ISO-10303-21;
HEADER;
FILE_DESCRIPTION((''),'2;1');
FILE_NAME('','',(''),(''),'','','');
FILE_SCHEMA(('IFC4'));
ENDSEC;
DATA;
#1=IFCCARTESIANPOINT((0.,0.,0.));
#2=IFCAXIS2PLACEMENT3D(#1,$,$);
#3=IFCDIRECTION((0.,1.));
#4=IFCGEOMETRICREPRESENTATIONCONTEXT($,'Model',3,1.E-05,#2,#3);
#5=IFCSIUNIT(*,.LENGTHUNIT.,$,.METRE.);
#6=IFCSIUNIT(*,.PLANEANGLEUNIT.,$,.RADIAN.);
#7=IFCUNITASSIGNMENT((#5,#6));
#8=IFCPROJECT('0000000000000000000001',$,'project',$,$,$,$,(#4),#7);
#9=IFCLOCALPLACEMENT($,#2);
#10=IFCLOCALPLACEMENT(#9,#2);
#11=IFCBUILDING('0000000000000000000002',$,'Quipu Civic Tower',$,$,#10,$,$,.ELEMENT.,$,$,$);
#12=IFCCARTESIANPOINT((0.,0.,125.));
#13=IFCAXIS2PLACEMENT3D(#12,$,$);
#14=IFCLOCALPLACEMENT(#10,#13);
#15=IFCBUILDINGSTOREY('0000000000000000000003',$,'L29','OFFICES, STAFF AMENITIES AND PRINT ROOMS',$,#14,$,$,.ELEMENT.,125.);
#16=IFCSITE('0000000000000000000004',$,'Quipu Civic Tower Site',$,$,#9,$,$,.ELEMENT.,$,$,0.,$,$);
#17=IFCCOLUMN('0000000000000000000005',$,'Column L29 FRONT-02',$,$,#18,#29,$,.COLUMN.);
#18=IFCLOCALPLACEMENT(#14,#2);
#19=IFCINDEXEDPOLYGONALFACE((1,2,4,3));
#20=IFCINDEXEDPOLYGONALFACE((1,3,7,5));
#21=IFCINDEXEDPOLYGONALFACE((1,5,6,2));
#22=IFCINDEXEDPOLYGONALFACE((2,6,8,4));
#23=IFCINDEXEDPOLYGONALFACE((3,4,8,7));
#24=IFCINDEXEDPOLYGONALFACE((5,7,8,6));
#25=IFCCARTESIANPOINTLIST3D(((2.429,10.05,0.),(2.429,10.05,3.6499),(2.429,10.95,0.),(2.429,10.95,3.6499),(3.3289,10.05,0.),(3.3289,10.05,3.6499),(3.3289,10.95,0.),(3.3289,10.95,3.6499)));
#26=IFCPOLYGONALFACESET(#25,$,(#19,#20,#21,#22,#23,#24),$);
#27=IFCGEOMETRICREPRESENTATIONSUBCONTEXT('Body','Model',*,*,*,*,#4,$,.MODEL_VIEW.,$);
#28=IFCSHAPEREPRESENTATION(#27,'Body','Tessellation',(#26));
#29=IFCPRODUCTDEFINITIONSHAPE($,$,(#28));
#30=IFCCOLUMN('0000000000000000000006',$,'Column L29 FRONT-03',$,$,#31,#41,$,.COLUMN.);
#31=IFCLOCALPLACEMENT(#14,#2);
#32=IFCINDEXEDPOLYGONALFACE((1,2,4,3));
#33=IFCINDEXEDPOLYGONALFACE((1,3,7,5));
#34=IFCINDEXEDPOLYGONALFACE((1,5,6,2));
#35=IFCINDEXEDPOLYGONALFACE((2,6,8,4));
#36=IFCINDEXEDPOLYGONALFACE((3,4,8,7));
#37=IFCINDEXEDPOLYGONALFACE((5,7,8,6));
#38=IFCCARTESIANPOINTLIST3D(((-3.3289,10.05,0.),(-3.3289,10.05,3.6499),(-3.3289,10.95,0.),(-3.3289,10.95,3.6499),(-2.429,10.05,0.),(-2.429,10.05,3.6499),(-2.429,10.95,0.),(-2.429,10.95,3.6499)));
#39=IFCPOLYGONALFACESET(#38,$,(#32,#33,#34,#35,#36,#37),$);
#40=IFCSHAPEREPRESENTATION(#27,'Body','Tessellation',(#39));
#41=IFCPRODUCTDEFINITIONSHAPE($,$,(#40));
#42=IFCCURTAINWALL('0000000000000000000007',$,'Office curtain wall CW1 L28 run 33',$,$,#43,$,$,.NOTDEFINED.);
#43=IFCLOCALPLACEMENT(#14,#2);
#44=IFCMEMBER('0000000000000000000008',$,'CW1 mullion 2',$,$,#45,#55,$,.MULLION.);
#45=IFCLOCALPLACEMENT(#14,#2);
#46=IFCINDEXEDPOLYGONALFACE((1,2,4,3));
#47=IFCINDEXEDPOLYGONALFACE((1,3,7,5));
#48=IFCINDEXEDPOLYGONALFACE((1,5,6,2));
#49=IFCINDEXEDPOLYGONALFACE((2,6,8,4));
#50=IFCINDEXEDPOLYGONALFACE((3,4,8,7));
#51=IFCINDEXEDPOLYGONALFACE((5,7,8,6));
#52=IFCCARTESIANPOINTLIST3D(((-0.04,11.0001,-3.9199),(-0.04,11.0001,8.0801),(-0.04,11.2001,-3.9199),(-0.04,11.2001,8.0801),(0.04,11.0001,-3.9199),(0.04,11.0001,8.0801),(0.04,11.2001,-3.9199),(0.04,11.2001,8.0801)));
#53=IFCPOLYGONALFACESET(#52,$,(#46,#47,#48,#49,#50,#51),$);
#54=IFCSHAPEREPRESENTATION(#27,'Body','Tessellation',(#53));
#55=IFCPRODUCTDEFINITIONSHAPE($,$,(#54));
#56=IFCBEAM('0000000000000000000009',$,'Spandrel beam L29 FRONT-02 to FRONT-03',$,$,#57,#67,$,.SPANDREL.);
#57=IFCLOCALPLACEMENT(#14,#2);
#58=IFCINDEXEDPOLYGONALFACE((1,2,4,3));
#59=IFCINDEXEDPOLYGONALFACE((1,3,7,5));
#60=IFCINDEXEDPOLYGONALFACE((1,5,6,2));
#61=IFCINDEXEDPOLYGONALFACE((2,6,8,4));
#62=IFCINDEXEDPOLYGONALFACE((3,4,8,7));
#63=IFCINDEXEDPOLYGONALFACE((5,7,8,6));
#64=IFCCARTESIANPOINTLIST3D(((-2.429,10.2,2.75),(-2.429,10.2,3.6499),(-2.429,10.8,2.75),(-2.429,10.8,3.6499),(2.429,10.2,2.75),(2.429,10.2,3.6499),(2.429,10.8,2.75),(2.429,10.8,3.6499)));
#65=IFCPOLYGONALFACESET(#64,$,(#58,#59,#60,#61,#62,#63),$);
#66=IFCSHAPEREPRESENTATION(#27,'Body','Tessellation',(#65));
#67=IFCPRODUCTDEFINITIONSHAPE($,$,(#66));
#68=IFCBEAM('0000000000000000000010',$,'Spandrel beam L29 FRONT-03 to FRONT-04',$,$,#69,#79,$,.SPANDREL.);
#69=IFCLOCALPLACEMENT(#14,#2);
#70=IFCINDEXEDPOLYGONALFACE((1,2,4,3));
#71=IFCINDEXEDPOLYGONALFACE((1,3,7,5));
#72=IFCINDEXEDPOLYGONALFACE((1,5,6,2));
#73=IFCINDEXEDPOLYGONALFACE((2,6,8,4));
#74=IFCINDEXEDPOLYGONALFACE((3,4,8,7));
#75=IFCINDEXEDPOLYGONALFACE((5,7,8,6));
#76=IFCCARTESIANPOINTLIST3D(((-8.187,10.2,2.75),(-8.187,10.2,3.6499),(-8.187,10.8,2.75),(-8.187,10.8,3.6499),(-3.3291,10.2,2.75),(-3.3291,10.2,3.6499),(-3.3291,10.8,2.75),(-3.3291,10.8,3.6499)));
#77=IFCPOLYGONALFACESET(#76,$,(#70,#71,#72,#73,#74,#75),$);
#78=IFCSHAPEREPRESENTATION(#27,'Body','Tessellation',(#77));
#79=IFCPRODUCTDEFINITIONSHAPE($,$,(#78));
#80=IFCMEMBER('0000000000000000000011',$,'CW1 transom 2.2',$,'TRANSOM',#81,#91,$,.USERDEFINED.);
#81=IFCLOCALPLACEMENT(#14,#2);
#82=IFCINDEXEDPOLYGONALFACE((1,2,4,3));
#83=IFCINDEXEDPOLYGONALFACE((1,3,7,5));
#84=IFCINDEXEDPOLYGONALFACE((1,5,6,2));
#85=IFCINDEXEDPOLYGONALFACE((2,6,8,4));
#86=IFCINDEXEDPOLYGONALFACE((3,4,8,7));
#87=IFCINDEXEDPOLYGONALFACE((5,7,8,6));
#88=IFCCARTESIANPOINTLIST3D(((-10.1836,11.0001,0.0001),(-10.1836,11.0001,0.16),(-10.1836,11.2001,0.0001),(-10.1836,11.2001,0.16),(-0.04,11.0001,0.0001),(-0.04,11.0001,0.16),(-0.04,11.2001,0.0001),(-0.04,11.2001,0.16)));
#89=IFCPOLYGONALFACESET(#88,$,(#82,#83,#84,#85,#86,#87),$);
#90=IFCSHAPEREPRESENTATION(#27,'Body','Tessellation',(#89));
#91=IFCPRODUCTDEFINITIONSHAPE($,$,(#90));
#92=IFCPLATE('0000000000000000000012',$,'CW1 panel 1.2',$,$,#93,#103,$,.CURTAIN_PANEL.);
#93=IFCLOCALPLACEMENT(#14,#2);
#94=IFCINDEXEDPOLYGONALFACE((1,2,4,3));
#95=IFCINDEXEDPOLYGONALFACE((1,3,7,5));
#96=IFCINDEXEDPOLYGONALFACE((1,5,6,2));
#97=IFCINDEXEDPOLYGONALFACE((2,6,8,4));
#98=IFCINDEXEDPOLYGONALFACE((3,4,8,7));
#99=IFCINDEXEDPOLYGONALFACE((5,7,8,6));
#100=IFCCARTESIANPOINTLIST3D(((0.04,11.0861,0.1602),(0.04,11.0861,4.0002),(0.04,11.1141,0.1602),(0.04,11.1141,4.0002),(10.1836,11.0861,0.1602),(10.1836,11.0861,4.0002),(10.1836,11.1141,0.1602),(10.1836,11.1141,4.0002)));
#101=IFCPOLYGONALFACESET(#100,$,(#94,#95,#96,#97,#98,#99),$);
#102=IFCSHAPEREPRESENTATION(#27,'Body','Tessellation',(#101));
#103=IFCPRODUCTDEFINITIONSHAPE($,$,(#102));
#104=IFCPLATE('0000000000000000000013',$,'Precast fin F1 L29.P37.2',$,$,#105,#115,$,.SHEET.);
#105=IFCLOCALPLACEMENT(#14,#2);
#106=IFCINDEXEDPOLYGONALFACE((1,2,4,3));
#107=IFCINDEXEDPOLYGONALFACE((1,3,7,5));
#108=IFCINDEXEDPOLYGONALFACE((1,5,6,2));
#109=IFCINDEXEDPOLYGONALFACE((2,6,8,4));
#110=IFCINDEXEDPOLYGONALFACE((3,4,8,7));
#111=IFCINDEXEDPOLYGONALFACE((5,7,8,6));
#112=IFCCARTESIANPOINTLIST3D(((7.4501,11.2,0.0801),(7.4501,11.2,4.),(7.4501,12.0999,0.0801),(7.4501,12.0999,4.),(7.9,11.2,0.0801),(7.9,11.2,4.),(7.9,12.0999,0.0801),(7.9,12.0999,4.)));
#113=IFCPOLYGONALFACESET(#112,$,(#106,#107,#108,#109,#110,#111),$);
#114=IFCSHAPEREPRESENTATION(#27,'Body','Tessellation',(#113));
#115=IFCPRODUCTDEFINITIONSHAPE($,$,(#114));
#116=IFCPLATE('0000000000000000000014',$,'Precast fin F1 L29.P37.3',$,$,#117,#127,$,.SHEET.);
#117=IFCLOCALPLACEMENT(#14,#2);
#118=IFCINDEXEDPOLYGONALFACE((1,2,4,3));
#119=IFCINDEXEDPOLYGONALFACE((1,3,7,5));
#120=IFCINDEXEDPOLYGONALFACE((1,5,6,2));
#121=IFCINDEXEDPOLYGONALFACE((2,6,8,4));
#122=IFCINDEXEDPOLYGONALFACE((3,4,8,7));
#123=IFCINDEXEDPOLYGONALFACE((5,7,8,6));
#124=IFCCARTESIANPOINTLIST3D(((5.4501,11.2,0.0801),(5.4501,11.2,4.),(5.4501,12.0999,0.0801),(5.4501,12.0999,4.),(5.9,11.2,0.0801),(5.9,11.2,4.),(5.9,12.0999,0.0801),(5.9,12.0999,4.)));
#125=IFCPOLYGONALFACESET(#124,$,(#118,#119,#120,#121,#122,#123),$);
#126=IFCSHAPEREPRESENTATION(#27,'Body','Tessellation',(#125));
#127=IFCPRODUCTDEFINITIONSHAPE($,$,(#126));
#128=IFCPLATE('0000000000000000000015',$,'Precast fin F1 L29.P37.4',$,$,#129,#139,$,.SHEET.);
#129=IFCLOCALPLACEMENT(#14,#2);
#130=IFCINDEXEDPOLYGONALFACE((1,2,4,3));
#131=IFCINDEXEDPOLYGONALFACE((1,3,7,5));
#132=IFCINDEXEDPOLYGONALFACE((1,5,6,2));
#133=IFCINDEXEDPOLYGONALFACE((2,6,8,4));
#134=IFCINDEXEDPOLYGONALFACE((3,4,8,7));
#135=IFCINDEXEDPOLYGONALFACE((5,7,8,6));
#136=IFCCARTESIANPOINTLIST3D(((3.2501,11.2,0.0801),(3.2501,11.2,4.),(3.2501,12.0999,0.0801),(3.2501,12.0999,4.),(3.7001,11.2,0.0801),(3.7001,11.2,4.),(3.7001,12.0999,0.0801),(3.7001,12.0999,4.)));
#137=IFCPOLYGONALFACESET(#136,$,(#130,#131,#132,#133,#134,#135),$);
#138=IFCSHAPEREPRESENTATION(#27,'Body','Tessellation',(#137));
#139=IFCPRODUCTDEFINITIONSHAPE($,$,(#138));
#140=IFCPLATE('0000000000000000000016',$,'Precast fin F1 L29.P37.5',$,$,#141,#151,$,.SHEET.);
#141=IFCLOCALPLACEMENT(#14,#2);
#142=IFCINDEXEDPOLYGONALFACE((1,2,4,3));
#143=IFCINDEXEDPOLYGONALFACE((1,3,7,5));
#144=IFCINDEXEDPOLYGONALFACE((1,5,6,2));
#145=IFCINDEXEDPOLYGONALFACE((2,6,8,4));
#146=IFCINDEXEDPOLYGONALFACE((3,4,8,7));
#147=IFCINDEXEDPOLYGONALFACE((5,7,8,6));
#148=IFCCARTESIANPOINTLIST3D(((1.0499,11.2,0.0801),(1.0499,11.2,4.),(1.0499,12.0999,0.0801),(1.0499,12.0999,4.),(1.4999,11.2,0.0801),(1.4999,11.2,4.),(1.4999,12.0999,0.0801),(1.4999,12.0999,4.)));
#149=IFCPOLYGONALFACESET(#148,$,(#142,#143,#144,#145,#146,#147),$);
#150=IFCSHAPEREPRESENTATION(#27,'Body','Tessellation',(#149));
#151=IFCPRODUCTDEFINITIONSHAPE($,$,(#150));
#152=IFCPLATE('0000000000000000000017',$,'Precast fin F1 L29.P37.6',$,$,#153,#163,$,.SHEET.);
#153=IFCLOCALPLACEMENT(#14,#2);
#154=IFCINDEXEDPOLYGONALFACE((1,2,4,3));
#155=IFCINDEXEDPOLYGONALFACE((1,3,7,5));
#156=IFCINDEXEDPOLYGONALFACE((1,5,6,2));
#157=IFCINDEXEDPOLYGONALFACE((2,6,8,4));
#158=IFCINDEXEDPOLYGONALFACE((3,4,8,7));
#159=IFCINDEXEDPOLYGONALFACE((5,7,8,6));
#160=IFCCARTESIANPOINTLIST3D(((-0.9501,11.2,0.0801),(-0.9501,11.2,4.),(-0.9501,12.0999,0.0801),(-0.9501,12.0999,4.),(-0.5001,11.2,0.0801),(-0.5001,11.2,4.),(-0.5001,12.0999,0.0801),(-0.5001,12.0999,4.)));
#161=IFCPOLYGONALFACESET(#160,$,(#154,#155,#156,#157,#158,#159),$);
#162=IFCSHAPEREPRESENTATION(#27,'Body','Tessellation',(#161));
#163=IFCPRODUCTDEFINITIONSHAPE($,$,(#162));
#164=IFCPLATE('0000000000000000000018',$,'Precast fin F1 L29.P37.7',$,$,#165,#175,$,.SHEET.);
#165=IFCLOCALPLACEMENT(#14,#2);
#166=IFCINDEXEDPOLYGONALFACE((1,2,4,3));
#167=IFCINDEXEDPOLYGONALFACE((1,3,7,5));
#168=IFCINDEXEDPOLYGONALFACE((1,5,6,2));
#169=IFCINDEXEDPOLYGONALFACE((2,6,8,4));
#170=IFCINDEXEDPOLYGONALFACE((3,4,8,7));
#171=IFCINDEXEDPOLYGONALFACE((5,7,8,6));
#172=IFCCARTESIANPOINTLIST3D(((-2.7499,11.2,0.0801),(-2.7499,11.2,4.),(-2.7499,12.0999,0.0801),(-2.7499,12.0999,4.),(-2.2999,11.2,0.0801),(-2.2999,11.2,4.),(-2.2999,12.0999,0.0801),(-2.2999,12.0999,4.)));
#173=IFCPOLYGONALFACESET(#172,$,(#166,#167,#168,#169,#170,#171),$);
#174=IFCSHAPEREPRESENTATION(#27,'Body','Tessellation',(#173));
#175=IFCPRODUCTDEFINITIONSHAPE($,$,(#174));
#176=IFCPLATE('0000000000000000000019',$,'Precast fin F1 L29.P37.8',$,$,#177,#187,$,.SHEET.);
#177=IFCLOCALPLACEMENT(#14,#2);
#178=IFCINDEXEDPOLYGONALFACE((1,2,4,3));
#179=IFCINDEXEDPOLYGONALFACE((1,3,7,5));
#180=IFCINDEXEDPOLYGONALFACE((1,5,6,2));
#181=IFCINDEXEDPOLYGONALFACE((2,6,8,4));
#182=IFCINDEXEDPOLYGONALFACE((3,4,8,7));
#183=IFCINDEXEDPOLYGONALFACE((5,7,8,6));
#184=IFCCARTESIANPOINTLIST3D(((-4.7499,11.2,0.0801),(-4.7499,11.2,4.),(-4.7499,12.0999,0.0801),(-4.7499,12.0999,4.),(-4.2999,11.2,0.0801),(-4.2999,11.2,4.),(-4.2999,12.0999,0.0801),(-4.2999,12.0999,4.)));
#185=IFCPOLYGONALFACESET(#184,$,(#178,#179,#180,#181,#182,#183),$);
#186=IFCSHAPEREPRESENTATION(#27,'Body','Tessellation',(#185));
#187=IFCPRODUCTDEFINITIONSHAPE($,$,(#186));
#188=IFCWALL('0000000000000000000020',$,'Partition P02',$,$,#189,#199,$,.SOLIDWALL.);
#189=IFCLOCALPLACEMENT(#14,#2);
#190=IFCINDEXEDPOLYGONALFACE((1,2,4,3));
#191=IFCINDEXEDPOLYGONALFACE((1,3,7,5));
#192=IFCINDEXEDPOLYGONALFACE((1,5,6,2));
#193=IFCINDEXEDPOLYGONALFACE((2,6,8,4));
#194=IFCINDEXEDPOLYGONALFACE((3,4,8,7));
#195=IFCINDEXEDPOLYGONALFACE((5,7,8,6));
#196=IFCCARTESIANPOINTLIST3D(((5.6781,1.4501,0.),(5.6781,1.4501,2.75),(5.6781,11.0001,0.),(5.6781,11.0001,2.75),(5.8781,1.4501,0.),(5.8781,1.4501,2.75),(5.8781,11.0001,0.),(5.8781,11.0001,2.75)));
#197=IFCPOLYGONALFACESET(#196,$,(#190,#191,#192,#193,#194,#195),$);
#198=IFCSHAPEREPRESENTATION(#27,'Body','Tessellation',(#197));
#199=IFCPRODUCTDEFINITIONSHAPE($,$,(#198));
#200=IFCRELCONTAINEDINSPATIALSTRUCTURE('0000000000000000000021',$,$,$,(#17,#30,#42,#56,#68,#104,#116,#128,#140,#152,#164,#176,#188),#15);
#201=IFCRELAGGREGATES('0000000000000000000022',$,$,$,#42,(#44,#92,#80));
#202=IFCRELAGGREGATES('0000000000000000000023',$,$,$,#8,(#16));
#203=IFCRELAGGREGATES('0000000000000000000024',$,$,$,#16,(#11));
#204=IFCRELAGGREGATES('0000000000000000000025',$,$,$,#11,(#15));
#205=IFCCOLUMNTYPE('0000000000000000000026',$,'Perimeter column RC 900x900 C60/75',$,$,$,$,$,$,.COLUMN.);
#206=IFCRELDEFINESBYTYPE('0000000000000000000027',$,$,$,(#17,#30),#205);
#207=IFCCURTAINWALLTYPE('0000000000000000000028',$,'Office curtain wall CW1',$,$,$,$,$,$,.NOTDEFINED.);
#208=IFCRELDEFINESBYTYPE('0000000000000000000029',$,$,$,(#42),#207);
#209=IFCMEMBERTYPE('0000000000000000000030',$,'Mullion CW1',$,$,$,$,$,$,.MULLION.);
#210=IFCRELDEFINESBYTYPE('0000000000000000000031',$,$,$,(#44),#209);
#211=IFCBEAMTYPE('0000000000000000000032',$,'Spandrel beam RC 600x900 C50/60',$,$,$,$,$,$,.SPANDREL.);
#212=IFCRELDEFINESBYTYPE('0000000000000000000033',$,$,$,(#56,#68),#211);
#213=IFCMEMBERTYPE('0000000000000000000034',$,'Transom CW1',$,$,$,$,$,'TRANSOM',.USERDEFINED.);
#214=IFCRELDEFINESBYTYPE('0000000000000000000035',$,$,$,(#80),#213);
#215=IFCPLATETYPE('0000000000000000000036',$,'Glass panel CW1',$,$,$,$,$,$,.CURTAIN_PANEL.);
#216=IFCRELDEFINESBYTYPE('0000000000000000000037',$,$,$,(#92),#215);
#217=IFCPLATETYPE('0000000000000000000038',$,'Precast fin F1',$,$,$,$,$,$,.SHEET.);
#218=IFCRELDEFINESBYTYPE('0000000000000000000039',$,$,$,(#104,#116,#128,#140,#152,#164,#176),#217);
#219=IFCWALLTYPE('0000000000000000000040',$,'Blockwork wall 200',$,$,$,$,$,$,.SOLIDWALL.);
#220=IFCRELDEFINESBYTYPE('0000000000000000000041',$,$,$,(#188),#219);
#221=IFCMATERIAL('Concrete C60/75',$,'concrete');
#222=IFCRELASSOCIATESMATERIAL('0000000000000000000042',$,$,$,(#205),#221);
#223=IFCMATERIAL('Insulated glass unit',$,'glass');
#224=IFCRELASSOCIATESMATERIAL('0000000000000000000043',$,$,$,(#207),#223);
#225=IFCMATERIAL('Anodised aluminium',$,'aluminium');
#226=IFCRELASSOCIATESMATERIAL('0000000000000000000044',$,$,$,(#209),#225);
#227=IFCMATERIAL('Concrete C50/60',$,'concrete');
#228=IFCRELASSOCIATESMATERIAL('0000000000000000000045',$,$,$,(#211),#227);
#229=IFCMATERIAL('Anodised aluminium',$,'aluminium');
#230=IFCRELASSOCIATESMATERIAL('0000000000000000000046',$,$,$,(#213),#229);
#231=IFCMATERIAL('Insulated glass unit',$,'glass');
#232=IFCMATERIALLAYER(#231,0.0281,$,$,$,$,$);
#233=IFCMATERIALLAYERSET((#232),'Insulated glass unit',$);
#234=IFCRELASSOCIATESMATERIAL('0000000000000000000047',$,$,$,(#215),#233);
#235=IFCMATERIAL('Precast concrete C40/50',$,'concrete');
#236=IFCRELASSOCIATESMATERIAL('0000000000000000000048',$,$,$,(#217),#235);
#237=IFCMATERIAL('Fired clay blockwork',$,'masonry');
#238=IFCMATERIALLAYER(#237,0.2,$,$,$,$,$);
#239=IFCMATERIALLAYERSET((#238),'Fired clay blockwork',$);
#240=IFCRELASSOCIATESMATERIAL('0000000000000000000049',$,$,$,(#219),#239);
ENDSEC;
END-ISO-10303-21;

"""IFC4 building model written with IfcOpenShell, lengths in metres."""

from ifc_helpers import new_model, si_unit, direction, frame, frame_2d, origin, origin_2d, place, context, subcontext, project, spatial, rectangle, extrude, material, layer, layer_set, material_profile, profile_set, type_object, element, aggregate, save


model = new_model("IFC4")

# Units and contexts
model_context = context("Model", 3, precision=1e-05, world=origin(), true_north=direction((0.0, 1.0)))
body_context = subcontext(model_context, "Body", "Model", "MODEL_VIEW")
ifc_project = project(units=[si_unit("LENGTHUNIT", "METRE"), si_unit("PLANEANGLEUNIT", "RADIAN")], contexts=[model_context])

# Site, building, storey
site_placement = place(None, origin())
site = spatial("IfcSite", under=ifc_project, at=site_placement, Name="Quipu Civic Tower Site", CompositionType="ELEMENT", RefElevation=0.0)
building_placement = place(site_placement, origin())
building = spatial("IfcBuilding", under=site, at=building_placement, Name="Quipu Civic Tower", CompositionType="ELEMENT")
storey_placement = place(building_placement, frame((0.0, 0.0, 125.0)))
storey = spatial("IfcBuildingStorey", under=building, at=storey_placement, Name="L29", Description="OFFICES, STAFF AMENITIES AND PRINT ROOMS", CompositionType="ELEMENT", Elevation=125.0)

# Columns
ifc_material_1 = material(Name="Concrete C60/75", Category="concrete")
ifc_material_profile_1 = material_profile(ifc_material_1, rectangle(XDim=0.8999, YDim=0.8999, at=origin_2d()), Name="RC900x900")
ifc_profile_set_1 = profile_set([ifc_material_profile_1], Name="Concrete C60/75")
column_type = type_object("IfcColumnType", Name="Perimeter column RC 900x900 C60/75", PredefinedType="COLUMN", material=ifc_profile_set_1)
for number, where, z_axis, x_axis, name in (
    (1, (2.8789, 10.5, 0.0), (0.0, 0.0, 1.0), (-1.0, 0.0, 0.0), "Column L29 FRONT-02"),
    (2, (-2.8789, 10.5, 0.0), (0.0, 0.0, 1.0), (-1.0, 0.0, 0.0), "Column L29 FRONT-03"),
):
    element("IfcColumn", number, at=place(storey_placement, frame(where, z_axis=z_axis, x_axis=x_axis)), inside=storey, type_object=column_type, Name=name, PredefinedType="COLUMN", context=body_context, shape_type="SweptSolid", body=[
        extrude(rectangle(XDim=0.8999, YDim=0.8999, at=origin_2d()), origin(), (0.0, 0.0, 1.0), 3.6499),
    ])

# Curtain wall, member
ifc_material_2 = material(Name="Insulated glass unit", Category="glass")
curtain_wall_type = type_object("IfcCurtainWallType", Name="Office curtain wall CW1", PredefinedType="NOTDEFINED", material=ifc_material_2)
curtain_wall_placement = place(storey_placement, origin())
curtain_wall = element("IfcCurtainWall", 3, at=curtain_wall_placement, inside=storey, type_object=curtain_wall_type, Name="Office curtain wall CW1 L28 run 33", PredefinedType="NOTDEFINED")
ifc_material_3 = material(Name="Anodised aluminium", Category="aluminium")
ifc_material_profile_2 = material_profile(ifc_material_3, rectangle(XDim=0.2, YDim=0.0801, at=origin_2d()), Name="RECT 200x80")
ifc_profile_set_2 = profile_set([ifc_material_profile_2], Name="Anodised aluminium")
member_type_1 = type_object("IfcMemberType", Name="Mullion CW1", PredefinedType="MULLION", material=ifc_profile_set_2)
member_1_placement = place(storey_placement, frame((0.0, 11.1001, -3.9199), z_axis=(0.0, 0.0, 1.0), x_axis=(0.0, -1.0, 0.0)))
member_1 = element("IfcMember", 4, at=member_1_placement, type_object=member_type_1, Name="CW1 mullion 2", PredefinedType="MULLION", context=body_context, shape_type="SweptSolid", body=[
    extrude(rectangle(XDim=0.2, YDim=0.0801, at=origin_2d()), origin(), (0.0, 0.0, 1.0), 12.0),
])

# Beams
ifc_material_4 = material(Name="Concrete C50/60", Category="concrete")
ifc_material_profile_3 = material_profile(ifc_material_4, rectangle(XDim=0.6001, YDim=0.8999, at=origin_2d()), Name="RC600x900")
ifc_profile_set_3 = profile_set([ifc_material_profile_3], Name="Concrete C50/60")
beam_type = type_object("IfcBeamType", Name="Spandrel beam RC 600x900 C50/60", PredefinedType="SPANDREL", material=ifc_profile_set_3)
for number, where, z_axis, x_axis, name in (
    (5, (2.429, 10.5, 3.2), (-1.0, 0.0, 0.0), (0.0, -1.0, 0.0), "Spandrel beam L29 FRONT-02 to FRONT-03"),
    (6, (-3.3291, 10.5, 3.2), (-1.0, 0.0, 0.0), (0.0, -1.0, 0.0), "Spandrel beam L29 FRONT-03 to FRONT-04"),
):
    element("IfcBeam", number, at=place(storey_placement, frame(where, z_axis=z_axis, x_axis=x_axis)), inside=storey, type_object=beam_type, Name=name, PredefinedType="SPANDREL", context=body_context, shape_type="SweptSolid", body=[
        extrude(rectangle(XDim=0.6001, YDim=0.8999, at=origin_2d()), origin(), (0.0, 0.0, 1.0), 4.8579),
    ])

# Member
ifc_material_5 = material(Name="Anodised aluminium", Category="aluminium")
ifc_material_profile_4 = material_profile(ifc_material_5, rectangle(XDim=0.2, YDim=0.1599, at=origin_2d()), Name="RECT 200x160")
ifc_profile_set_4 = profile_set([ifc_material_profile_4], Name="Anodised aluminium")
member_type_2 = type_object("IfcMemberType", Name="Transom CW1", ElementType="TRANSOM", PredefinedType="USERDEFINED", material=ifc_profile_set_4)
member_2_placement = place(storey_placement, frame((-0.04, 11.1001, 0.0801), z_axis=(-1.0, 0.0, 0.0), x_axis=(0.0, -1.0, 0.0)))
member_2 = element("IfcMember", 7, at=member_2_placement, type_object=member_type_2, Name="CW1 transom 2.2", ObjectType="TRANSOM", PredefinedType="USERDEFINED", context=body_context, shape_type="SweptSolid", body=[
    extrude(rectangle(XDim=0.2, YDim=0.1599, at=origin_2d()), origin(), (0.0, 0.0, 1.0), 10.1436),
])

# Plate
ifc_material_6 = material(Name="Insulated glass unit", Category="glass")
ifc_layer_1 = layer(ifc_material_6, 0.0281)
ifc_layer_set_1 = layer_set([ifc_layer_1], Name="Insulated glass unit")
plate_type_1 = type_object("IfcPlateType", Name="Glass panel CW1", PredefinedType="CURTAIN_PANEL", material=ifc_layer_set_1)
plate_placement = place(storey_placement, frame((5.1118, 11.1001, 0.1602), z_axis=(0.0, 0.0, 1.0), x_axis=(-1.0, 0.0, 0.0)))
plate = element("IfcPlate", 8, at=plate_placement, type_object=plate_type_1, Name="CW1 panel 1.2", PredefinedType="CURTAIN_PANEL", context=body_context, shape_type="SweptSolid", body=[
    extrude(rectangle(XDim=10.1436, YDim=0.0281, at=origin_2d()), origin(), (0.0, 0.0, 1.0), 3.8401),
])
aggregate(curtain_wall, [member_1, plate, member_2])

# Plates
ifc_material_7 = material(Name="Precast concrete C40/50", Category="concrete")
plate_type_2 = type_object("IfcPlateType", Name="Precast fin F1", PredefinedType="SHEET", material=ifc_material_7)
for number, where, z_axis, x_axis, name in (
    (9, (7.675, 11.6499, 0.0801), (0.0, 0.0, 1.0), (-1.0, 0.0, 0.0), "Precast fin F1 L29.P37.2"),
    (10, (5.675, 11.6499, 0.0801), (0.0, 0.0, 1.0), (-1.0, 0.0, 0.0), "Precast fin F1 L29.P37.3"),
    (11, (3.4751, 11.6499, 0.0801), (0.0, 0.0, 1.0), (-1.0, 0.0, 0.0), "Precast fin F1 L29.P37.4"),
    (12, (1.2749, 11.6499, 0.0801), (0.0, 0.0, 1.0), (-1.0, 0.0, 0.0), "Precast fin F1 L29.P37.5"),
    (13, (-0.7251, 11.6499, 0.0801), (0.0, 0.0, 1.0), (-1.0, 0.0, 0.0), "Precast fin F1 L29.P37.6"),
    (14, (-2.5249, 11.6499, 0.0801), (0.0, 0.0, 1.0), (-1.0, 0.0, 0.0), "Precast fin F1 L29.P37.7"),
    (15, (-4.5249, 11.6499, 0.0801), (0.0, 0.0, 1.0), (-1.0, 0.0, 0.0), "Precast fin F1 L29.P37.8"),
):
    element("IfcPlate", number, at=place(storey_placement, frame(where, z_axis=z_axis, x_axis=x_axis)), inside=storey, type_object=plate_type_2, Name=name, PredefinedType="SHEET", context=body_context, shape_type="SweptSolid", body=[
        extrude(rectangle(XDim=0.45, YDim=0.8999, at=origin_2d()), origin(), (0.0, 0.0, 1.0), 3.9199),
    ])

# Wall
ifc_material_8 = material(Name="Fired clay blockwork", Category="masonry")
ifc_layer_2 = layer(ifc_material_8, 0.2)
ifc_layer_set_2 = layer_set([ifc_layer_2], Name="Fired clay blockwork")
wall_type_1 = type_object("IfcWallType", Name="Blockwork wall 200", PredefinedType="SOLIDWALL", material=ifc_layer_set_2)
wall_1_placement = place(storey_placement, frame((5.7781, 11.0, 0.0), z_axis=(0.0, 0.0, 1.0), x_axis=(0.0, -1.0, 0.0)))
element("IfcWall", 16, at=wall_1_placement, inside=storey, type_object=wall_type_1, Name="Partition P02", PredefinedType="SOLIDWALL", context=body_context, shape_type="SweptSolid", body=[
    extrude(rectangle(XDim=9.55, YDim=0.2, at=frame_2d((4.7749, 0.0))), origin(), (0.0, 0.0, 1.0), 2.75),
])

save(model, "model.ifc")
